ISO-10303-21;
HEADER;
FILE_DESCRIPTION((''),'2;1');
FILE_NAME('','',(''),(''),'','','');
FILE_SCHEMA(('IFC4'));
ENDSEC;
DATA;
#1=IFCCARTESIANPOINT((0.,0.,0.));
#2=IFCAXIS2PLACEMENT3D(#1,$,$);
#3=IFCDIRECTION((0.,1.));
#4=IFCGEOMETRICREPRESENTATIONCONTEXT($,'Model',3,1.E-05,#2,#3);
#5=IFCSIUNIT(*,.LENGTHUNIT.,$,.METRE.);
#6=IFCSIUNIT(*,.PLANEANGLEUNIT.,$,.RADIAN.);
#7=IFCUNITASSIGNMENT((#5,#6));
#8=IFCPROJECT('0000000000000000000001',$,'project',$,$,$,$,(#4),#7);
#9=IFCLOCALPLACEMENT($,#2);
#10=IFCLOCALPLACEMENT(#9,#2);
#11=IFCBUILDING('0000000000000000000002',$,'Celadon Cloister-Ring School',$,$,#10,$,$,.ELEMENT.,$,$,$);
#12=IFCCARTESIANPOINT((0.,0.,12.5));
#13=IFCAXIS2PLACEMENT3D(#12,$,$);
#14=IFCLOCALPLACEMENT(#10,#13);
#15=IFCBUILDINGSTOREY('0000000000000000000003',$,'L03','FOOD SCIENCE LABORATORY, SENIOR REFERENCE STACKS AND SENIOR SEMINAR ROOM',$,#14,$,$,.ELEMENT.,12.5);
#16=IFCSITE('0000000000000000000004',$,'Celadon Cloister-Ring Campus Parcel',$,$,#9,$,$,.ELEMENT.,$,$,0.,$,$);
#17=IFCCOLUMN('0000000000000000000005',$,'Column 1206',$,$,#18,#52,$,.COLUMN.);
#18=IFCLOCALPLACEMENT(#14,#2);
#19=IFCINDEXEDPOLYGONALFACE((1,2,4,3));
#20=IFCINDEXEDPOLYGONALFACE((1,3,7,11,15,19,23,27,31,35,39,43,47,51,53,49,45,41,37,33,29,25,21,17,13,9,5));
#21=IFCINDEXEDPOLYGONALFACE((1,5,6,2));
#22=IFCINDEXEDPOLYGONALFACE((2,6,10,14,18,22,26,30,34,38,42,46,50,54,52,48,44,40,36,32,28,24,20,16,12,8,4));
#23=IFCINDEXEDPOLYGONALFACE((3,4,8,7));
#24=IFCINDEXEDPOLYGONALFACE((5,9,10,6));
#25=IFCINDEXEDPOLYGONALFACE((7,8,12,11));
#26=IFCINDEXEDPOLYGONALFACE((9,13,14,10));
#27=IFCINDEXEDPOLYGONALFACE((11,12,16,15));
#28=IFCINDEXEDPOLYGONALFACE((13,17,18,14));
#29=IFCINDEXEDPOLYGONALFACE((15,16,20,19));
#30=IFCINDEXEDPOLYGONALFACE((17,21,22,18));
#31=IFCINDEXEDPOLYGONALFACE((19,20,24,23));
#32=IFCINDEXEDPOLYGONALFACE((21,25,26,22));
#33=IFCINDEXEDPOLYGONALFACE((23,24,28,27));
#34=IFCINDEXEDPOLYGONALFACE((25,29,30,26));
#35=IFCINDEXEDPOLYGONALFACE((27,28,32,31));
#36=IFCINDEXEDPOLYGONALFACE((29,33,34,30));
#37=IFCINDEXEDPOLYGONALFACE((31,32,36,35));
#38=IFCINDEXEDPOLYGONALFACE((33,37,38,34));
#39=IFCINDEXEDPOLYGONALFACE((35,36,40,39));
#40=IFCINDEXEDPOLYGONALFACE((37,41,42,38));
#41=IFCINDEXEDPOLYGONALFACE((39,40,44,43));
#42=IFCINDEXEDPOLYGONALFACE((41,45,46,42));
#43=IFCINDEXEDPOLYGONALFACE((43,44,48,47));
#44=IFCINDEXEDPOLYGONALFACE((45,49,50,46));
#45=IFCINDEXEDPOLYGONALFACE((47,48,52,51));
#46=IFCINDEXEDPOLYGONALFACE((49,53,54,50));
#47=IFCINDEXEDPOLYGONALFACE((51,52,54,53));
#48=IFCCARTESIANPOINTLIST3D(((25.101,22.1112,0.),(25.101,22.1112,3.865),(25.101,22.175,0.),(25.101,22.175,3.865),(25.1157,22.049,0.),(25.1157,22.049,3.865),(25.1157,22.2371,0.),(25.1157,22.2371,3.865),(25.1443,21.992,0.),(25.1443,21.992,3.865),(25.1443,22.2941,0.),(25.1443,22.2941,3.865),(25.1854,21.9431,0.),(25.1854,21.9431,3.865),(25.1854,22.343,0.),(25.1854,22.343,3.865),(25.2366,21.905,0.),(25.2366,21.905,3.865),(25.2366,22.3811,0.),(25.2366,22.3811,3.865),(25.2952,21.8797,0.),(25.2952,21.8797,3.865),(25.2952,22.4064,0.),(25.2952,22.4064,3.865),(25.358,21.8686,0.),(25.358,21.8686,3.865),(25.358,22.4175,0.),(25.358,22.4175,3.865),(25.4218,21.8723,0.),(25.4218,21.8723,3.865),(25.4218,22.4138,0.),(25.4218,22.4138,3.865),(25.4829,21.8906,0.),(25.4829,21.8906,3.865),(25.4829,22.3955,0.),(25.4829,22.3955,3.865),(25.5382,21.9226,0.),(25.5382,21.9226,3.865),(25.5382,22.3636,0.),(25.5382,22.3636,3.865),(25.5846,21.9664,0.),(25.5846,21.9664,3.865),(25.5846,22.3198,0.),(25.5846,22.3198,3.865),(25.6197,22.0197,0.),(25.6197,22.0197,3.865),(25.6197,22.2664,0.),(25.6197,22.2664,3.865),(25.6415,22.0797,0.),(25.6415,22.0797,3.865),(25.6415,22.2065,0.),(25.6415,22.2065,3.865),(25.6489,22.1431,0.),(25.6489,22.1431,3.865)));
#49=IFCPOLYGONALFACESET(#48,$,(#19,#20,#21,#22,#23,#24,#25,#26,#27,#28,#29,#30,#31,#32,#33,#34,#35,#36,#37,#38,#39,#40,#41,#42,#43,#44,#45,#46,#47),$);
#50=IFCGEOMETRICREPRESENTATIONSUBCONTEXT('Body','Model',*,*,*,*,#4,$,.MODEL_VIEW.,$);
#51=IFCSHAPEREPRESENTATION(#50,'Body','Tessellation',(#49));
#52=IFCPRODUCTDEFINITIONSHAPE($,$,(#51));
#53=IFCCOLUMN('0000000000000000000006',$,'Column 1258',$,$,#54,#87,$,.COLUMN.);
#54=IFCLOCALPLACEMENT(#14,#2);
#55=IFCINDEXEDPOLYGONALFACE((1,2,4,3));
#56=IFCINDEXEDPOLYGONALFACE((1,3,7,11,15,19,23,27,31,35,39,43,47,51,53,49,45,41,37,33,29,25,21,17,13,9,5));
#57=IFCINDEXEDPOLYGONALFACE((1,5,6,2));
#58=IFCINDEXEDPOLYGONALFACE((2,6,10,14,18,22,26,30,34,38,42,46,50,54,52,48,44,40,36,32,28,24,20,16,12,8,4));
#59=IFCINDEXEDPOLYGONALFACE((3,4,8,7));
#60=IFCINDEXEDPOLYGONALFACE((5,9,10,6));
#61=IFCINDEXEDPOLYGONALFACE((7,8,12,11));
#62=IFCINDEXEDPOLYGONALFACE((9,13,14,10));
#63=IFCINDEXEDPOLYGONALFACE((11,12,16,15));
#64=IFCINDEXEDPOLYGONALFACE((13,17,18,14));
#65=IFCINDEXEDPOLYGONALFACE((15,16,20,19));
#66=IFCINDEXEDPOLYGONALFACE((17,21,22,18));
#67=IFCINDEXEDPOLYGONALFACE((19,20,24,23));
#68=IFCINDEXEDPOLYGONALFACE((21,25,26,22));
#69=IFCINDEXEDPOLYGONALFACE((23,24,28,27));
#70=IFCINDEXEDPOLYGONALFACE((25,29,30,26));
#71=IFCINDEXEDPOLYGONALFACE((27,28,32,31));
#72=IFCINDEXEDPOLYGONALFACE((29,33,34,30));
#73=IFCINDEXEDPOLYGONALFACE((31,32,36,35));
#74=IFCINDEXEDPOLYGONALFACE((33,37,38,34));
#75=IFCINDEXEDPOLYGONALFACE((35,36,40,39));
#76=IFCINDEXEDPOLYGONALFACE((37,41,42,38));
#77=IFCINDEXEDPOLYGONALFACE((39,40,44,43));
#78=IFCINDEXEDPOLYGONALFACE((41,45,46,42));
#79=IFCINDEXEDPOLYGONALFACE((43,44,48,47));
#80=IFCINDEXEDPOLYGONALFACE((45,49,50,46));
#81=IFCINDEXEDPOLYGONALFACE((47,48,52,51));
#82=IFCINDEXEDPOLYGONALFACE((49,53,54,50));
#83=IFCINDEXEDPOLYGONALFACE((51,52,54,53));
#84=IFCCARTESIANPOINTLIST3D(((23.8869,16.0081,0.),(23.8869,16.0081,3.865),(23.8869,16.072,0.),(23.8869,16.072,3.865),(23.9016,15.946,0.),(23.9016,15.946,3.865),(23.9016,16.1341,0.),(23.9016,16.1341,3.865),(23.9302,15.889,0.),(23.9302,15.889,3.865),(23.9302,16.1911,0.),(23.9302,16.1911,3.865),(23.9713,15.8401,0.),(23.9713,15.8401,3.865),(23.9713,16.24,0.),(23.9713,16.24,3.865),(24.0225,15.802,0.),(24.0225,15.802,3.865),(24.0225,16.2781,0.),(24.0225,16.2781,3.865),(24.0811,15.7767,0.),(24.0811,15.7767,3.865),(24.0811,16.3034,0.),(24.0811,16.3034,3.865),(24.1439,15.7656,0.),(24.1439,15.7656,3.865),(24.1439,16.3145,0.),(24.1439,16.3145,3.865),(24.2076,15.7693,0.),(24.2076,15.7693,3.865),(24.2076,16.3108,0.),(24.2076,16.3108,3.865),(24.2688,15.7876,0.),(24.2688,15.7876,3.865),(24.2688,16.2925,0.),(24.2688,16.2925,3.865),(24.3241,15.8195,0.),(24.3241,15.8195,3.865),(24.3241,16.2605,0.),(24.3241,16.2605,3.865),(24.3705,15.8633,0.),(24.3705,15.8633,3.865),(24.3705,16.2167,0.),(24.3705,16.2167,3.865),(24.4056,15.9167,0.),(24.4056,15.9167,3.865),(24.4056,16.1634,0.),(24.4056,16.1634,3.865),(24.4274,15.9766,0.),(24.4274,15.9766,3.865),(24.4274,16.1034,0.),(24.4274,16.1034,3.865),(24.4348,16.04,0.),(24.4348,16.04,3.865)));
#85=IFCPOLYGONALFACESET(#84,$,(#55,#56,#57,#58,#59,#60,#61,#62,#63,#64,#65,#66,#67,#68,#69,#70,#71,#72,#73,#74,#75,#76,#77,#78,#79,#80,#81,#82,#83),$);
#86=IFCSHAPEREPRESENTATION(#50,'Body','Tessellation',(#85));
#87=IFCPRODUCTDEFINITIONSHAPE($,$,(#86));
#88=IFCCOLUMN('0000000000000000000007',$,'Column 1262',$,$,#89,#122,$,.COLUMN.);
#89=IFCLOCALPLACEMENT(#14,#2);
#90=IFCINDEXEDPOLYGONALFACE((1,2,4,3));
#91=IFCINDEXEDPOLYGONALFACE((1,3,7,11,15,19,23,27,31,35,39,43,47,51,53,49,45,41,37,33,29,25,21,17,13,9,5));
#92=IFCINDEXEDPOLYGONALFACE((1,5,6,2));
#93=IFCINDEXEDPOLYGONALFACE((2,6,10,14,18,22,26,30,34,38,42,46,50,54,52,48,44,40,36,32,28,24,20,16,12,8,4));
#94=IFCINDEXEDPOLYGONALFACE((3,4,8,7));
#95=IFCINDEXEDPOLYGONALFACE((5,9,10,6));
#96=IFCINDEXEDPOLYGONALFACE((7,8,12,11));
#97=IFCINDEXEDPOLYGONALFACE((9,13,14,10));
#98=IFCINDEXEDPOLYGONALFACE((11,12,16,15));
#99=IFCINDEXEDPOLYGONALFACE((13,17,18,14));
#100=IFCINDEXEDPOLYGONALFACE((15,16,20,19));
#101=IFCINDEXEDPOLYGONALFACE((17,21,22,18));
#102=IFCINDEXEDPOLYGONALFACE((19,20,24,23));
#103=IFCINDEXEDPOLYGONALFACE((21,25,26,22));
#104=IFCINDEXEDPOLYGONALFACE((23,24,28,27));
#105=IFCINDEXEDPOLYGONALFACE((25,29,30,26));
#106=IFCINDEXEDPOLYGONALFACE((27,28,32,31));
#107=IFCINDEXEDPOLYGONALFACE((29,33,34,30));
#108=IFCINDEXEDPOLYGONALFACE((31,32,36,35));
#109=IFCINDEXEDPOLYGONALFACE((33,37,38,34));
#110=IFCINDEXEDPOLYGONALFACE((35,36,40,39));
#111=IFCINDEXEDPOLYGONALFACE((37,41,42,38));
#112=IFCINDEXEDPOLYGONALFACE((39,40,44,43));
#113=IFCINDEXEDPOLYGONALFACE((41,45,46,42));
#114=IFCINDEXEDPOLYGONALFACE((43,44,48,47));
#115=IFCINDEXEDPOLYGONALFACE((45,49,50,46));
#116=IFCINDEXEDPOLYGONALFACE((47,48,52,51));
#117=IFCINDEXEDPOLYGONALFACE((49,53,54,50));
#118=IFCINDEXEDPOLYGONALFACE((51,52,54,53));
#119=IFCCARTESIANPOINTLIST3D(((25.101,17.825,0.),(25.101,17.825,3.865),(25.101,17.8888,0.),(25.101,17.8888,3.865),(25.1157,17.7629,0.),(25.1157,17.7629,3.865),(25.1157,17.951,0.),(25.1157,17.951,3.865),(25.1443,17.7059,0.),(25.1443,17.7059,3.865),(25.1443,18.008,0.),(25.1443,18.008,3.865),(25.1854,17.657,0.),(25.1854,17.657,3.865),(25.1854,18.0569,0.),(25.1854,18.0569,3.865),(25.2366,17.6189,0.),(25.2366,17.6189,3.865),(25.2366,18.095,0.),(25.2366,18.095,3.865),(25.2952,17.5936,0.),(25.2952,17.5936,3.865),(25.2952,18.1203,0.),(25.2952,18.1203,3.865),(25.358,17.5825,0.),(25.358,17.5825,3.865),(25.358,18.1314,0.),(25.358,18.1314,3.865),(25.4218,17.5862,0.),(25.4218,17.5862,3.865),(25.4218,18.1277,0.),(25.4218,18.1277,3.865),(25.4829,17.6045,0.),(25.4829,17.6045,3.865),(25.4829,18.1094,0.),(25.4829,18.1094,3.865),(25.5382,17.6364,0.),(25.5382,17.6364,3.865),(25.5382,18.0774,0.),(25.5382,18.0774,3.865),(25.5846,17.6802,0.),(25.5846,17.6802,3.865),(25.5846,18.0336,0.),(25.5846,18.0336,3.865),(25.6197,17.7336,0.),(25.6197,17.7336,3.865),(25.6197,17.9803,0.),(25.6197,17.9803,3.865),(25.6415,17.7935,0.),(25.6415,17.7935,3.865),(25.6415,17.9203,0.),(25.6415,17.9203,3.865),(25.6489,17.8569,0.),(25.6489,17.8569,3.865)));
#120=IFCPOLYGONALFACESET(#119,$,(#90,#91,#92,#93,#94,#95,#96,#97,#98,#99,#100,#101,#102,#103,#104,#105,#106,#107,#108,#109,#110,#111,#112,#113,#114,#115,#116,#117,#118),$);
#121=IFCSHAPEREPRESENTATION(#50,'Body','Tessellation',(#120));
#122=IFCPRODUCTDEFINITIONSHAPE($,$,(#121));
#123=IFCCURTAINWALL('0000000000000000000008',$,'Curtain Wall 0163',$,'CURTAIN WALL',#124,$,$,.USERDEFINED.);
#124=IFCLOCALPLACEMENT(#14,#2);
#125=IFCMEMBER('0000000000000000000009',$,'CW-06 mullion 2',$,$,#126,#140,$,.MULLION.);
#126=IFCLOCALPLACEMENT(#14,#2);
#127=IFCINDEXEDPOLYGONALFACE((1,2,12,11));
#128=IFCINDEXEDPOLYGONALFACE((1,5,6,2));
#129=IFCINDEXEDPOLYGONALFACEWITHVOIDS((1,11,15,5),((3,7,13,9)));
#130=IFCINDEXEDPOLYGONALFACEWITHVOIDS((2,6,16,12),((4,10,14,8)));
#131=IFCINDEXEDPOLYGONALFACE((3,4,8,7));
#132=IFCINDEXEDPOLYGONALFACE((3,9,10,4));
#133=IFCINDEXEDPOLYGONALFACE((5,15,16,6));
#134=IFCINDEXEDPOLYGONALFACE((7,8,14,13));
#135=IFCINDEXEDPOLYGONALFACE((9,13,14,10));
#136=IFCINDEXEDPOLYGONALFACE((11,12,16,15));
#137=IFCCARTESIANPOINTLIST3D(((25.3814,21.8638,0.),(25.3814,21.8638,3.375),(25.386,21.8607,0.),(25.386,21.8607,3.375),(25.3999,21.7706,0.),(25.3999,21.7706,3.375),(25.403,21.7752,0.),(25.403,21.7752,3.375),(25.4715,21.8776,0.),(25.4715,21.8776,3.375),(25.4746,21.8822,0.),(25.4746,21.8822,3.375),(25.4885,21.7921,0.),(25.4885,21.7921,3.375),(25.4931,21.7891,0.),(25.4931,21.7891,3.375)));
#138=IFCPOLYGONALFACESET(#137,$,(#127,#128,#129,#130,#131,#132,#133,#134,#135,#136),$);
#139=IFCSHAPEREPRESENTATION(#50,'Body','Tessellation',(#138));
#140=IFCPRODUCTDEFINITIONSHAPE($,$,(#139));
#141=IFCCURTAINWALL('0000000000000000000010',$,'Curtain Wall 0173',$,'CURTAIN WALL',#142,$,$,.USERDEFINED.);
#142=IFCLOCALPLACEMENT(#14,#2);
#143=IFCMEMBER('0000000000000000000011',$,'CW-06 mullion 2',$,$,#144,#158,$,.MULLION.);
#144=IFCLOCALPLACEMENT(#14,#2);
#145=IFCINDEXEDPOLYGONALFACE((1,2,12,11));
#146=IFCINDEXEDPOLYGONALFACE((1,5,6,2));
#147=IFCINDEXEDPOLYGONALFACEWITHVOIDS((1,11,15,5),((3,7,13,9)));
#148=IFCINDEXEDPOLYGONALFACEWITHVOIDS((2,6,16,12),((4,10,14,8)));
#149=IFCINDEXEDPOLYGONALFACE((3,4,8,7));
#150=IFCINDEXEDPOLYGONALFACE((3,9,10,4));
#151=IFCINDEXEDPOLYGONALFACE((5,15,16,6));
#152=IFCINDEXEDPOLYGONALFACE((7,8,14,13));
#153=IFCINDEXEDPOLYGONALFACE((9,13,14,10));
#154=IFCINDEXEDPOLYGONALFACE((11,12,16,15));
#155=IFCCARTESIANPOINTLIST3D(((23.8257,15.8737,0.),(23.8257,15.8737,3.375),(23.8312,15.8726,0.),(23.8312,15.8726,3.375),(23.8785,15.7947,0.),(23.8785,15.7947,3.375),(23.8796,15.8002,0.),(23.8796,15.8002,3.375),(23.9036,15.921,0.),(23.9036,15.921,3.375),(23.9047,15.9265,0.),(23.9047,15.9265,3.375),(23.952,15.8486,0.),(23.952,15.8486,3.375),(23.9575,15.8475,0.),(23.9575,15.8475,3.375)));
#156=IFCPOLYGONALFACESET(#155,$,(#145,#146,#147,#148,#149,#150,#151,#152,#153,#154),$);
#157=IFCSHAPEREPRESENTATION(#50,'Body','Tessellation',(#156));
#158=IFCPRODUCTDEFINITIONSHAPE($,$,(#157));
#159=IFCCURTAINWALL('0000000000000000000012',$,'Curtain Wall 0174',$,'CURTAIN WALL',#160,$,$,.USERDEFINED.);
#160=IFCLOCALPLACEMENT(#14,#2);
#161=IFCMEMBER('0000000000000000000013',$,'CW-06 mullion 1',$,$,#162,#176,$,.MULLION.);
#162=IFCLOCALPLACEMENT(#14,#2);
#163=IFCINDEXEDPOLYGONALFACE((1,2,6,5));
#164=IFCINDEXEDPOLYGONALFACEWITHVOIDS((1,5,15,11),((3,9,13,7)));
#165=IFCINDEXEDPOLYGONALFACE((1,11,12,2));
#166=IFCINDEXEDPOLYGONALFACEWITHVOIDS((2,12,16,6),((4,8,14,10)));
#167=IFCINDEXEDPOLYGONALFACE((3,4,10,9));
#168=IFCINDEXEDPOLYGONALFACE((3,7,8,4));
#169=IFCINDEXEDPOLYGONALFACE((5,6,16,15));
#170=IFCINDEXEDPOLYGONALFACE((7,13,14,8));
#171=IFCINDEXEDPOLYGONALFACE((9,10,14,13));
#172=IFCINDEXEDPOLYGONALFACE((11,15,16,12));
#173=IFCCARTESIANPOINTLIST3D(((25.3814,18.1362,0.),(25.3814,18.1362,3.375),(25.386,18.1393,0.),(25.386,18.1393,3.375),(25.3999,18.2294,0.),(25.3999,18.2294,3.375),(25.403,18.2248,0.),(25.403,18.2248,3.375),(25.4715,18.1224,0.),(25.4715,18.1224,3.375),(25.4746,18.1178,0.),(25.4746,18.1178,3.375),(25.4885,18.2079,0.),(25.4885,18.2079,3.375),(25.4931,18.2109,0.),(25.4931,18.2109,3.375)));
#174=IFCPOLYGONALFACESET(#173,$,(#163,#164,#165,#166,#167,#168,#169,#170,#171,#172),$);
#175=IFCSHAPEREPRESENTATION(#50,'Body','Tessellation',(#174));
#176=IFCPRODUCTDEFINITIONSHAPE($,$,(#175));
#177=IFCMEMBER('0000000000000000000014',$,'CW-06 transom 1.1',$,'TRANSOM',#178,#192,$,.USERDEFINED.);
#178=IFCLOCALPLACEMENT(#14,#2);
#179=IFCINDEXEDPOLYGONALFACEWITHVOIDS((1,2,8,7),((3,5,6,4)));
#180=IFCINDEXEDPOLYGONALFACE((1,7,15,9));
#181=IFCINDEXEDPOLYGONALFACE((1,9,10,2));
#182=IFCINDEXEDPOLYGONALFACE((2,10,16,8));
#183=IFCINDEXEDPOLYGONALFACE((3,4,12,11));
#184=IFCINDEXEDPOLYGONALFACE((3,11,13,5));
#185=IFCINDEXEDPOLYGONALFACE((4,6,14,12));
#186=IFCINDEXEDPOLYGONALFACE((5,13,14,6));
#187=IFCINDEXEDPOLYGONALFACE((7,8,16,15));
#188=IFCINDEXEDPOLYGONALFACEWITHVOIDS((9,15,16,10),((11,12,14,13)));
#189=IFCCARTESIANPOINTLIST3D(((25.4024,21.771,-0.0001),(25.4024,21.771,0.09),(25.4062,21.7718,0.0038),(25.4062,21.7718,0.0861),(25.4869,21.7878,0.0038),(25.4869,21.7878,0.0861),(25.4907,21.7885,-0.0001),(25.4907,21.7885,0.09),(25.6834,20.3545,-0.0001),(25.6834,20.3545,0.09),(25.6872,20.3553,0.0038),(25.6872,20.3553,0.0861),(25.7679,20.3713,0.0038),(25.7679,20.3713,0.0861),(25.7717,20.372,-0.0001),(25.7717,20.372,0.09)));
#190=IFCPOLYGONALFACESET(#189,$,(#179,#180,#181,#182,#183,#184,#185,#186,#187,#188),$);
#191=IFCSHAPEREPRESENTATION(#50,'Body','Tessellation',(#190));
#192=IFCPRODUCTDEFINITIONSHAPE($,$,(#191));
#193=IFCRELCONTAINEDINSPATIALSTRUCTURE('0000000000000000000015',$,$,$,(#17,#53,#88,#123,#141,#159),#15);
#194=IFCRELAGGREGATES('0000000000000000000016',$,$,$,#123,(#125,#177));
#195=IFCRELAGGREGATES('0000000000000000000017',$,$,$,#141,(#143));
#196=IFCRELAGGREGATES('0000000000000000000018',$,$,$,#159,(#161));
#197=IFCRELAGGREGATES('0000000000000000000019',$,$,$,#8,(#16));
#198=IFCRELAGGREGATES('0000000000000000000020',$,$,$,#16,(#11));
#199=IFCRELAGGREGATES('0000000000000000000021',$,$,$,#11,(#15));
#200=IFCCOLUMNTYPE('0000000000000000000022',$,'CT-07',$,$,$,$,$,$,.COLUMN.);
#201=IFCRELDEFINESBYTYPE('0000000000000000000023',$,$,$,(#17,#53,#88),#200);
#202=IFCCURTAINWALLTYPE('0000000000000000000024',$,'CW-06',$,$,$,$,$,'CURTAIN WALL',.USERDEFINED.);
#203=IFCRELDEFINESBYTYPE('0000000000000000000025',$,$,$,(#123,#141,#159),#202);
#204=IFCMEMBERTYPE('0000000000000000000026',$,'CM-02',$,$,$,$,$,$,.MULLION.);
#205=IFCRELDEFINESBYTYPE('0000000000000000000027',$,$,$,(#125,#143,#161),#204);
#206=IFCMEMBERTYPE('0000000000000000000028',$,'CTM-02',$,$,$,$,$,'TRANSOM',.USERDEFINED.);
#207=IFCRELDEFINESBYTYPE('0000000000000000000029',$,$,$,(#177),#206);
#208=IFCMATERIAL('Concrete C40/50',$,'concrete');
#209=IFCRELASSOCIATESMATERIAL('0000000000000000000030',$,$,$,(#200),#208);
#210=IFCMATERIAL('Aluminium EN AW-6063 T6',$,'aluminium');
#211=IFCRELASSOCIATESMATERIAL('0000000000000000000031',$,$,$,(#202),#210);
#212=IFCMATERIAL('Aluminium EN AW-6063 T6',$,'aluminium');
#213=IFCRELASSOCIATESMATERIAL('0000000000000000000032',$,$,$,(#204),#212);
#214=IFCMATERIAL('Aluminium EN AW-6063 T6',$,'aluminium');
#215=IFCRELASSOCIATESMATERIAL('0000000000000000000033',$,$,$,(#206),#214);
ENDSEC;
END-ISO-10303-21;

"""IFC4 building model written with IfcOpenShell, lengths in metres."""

from ifc_helpers import new_model, si_unit, direction, frame, origin, origin_2d, place, context, subcontext, project, spatial, hollow_rectangle, circle, extrude, material, material_profile, profile_set, type_object, element, aggregate, save


model = new_model("IFC4")

# Units and contexts
model_context = context("Model", 3, precision=1e-05, world=origin(), true_north=direction((0.0, 1.0)))
body_context = subcontext(model_context, "Body", "Model", "MODEL_VIEW")
ifc_project = project(units=[si_unit("LENGTHUNIT", "METRE"), si_unit("PLANEANGLEUNIT", "RADIAN")], contexts=[model_context])

# Site, building, storey
site_placement = place(None, origin())
site = spatial("IfcSite", under=ifc_project, at=site_placement, Name="Celadon Cloister-Ring Campus Parcel", CompositionType="ELEMENT", RefElevation=0.0)
building_placement = place(site_placement, origin())
building = spatial("IfcBuilding", under=site, at=building_placement, Name="Celadon Cloister-Ring School", CompositionType="ELEMENT")
storey_placement = place(building_placement, frame((0.0, 0.0, 12.5)))
storey = spatial("IfcBuildingStorey", under=building, at=storey_placement, Name="L03", Description="FOOD SCIENCE LABORATORY, SENIOR REFERENCE STACKS AND SENIOR SEMINAR ROOM", CompositionType="ELEMENT", Elevation=12.5)

# Columns
ifc_material_1 = material(Name="Concrete C40/50", Category="concrete")
ifc_material_profile_1 = material_profile(ifc_material_1, circle(Radius=0.2749, at=origin_2d()), Name="CIRC550")
ifc_profile_set_1 = profile_set([ifc_material_profile_1], Name="Concrete C40/50")
column_type = type_object("IfcColumnType", Name="CT-07", PredefinedType="COLUMN", material=ifc_profile_set_1)
for number, where, z_axis, x_axis, name in (
    (1, (25.374, 22.1431, 0.0), (0.0, 0.0, 1.0), (1.0, 0.0, 0.0), "Column 1206"),
    (2, (24.1599, 16.04, 0.0), (0.0, 0.0, 1.0), (1.0, 0.0, 0.0), "Column 1258"),
    (3, (25.374, 17.8569, 0.0), (0.0, 0.0, 1.0), (1.0, 0.0, 0.0), "Column 1262"),
):
    element("IfcColumn", number, at=place(storey_placement, frame(where, z_axis=z_axis, x_axis=x_axis)), inside=storey, type_object=column_type, Name=name, PredefinedType="COLUMN", context=body_context, shape_type="SweptSolid", body=[
        extrude(circle(Radius=0.2749, at=origin_2d()), origin(), (0.0, 0.0, 1.0), 3.865),
    ])

# Curtain walls, members
ifc_material_2 = material(Name="Aluminium EN AW-6063 T6", Category="aluminium")
curtain_wall_type = type_object("IfcCurtainWallType", Name="CW-06", ElementType="CURTAIN WALL", PredefinedType="USERDEFINED", material=ifc_material_2)
curtain_wall_1_placement = place(storey_placement, origin())
curtain_wall_1 = element("IfcCurtainWall", 4, at=curtain_wall_1_placement, inside=storey, type_object=curtain_wall_type, Name="Curtain Wall 0163", ObjectType="CURTAIN WALL", PredefinedType="USERDEFINED")
ifc_material_3 = material(Name="Aluminium EN AW-6063 T6", Category="aluminium")
ifc_material_profile_2 = material_profile(ifc_material_3, hollow_rectangle(XDim=0.095, YDim=0.095, WallThickness=0.0039, at=origin_2d()), Name="RHS95X95X4")
ifc_profile_set_2 = profile_set([ifc_material_profile_2], Name="Aluminium EN AW-6063 T6")
member_type_1 = type_object("IfcMemberType", Name="CM-02", PredefinedType="MULLION", material=ifc_profile_set_2)
member_1_placement = place(storey_placement, frame((25.4373, 21.8264, 0.0), z_axis=(0.0, 0.0, 1.0), x_axis=(-0.980885, -0.194586, 0.0)))
member_1 = element("IfcMember", 5, at=member_1_placement, type_object=member_type_1, Name="CW-06 mullion 2", PredefinedType="MULLION", context=body_context, shape_type="SweptSolid", body=[
    extrude(hollow_rectangle(XDim=0.095, YDim=0.095, WallThickness=0.0039, at=origin_2d()), origin(), (0.0, 0.0, 1.0), 3.375),
])
curtain_wall_2_placement = place(storey_placement, origin())
curtain_wall_2 = element("IfcCurtainWall", 6, at=curtain_wall_2_placement, inside=storey, type_object=curtain_wall_type, Name="Curtain Wall 0173", ObjectType="CURTAIN WALL", PredefinedType="USERDEFINED")
member_2_placement = place(storey_placement, frame((23.8916, 15.8606, 0.0), z_axis=(0.0, 0.0, 1.0), x_axis=(-0.555547, 0.831485, 0.0)))
member_2 = element("IfcMember", 7, at=member_2_placement, type_object=member_type_1, Name="CW-06 mullion 2", PredefinedType="MULLION", context=body_context, shape_type="SweptSolid", body=[
    extrude(hollow_rectangle(XDim=0.095, YDim=0.095, WallThickness=0.0039, at=origin_2d()), origin(), (0.0, 0.0, 1.0), 3.375),
])
curtain_wall_3_placement = place(storey_placement, origin())
curtain_wall_3 = element("IfcCurtainWall", 8, at=curtain_wall_3_placement, inside=storey, type_object=curtain_wall_type, Name="Curtain Wall 0174", ObjectType="CURTAIN WALL", PredefinedType="USERDEFINED")
member_3_placement = place(storey_placement, frame((25.4373, 18.1736, 0.0), z_axis=(0.0, 0.0, 1.0), x_axis=(-0.980885, 0.194586, 0.0)))
member_3 = element("IfcMember", 9, at=member_3_placement, type_object=member_type_1, Name="CW-06 mullion 1", PredefinedType="MULLION", context=body_context, shape_type="SweptSolid", body=[
    extrude(hollow_rectangle(XDim=0.095, YDim=0.095, WallThickness=0.0039, at=origin_2d()), origin(), (0.0, 0.0, 1.0), 3.375),
])

# Member
ifc_material_4 = material(Name="Aluminium EN AW-6063 T6", Category="aluminium")
ifc_material_profile_3 = material_profile(ifc_material_4, hollow_rectangle(XDim=0.0901, YDim=0.0901, WallThickness=0.0039, at=origin_2d()), Name="RHS90X90X4")
ifc_profile_set_3 = profile_set([ifc_material_profile_3], Name="Aluminium EN AW-6063 T6")
member_type_2 = type_object("IfcMemberType", Name="CTM-02", ElementType="TRANSOM", PredefinedType="USERDEFINED", material=ifc_profile_set_3)
member_4_placement = place(storey_placement, frame((25.7275, 20.3633, 0.0449), z_axis=(-0.194588, 0.980885, 0.0), x_axis=(-0.980885, -0.194588, 0.0)))
member_4 = element("IfcMember", 10, at=member_4_placement, type_object=member_type_2, Name="CW-06 transom 1.1", ObjectType="TRANSOM", PredefinedType="USERDEFINED", context=body_context, shape_type="SweptSolid", body=[
    extrude(hollow_rectangle(XDim=0.0901, YDim=0.0901, WallThickness=0.0039, at=origin_2d()), origin(), (0.0, 0.0, 1.0), 1.4441),
])

aggregate(curtain_wall_1, [member_1, member_4])
aggregate(curtain_wall_2, [member_2])
aggregate(curtain_wall_3, [member_3])

save(model, "model.ifc")
